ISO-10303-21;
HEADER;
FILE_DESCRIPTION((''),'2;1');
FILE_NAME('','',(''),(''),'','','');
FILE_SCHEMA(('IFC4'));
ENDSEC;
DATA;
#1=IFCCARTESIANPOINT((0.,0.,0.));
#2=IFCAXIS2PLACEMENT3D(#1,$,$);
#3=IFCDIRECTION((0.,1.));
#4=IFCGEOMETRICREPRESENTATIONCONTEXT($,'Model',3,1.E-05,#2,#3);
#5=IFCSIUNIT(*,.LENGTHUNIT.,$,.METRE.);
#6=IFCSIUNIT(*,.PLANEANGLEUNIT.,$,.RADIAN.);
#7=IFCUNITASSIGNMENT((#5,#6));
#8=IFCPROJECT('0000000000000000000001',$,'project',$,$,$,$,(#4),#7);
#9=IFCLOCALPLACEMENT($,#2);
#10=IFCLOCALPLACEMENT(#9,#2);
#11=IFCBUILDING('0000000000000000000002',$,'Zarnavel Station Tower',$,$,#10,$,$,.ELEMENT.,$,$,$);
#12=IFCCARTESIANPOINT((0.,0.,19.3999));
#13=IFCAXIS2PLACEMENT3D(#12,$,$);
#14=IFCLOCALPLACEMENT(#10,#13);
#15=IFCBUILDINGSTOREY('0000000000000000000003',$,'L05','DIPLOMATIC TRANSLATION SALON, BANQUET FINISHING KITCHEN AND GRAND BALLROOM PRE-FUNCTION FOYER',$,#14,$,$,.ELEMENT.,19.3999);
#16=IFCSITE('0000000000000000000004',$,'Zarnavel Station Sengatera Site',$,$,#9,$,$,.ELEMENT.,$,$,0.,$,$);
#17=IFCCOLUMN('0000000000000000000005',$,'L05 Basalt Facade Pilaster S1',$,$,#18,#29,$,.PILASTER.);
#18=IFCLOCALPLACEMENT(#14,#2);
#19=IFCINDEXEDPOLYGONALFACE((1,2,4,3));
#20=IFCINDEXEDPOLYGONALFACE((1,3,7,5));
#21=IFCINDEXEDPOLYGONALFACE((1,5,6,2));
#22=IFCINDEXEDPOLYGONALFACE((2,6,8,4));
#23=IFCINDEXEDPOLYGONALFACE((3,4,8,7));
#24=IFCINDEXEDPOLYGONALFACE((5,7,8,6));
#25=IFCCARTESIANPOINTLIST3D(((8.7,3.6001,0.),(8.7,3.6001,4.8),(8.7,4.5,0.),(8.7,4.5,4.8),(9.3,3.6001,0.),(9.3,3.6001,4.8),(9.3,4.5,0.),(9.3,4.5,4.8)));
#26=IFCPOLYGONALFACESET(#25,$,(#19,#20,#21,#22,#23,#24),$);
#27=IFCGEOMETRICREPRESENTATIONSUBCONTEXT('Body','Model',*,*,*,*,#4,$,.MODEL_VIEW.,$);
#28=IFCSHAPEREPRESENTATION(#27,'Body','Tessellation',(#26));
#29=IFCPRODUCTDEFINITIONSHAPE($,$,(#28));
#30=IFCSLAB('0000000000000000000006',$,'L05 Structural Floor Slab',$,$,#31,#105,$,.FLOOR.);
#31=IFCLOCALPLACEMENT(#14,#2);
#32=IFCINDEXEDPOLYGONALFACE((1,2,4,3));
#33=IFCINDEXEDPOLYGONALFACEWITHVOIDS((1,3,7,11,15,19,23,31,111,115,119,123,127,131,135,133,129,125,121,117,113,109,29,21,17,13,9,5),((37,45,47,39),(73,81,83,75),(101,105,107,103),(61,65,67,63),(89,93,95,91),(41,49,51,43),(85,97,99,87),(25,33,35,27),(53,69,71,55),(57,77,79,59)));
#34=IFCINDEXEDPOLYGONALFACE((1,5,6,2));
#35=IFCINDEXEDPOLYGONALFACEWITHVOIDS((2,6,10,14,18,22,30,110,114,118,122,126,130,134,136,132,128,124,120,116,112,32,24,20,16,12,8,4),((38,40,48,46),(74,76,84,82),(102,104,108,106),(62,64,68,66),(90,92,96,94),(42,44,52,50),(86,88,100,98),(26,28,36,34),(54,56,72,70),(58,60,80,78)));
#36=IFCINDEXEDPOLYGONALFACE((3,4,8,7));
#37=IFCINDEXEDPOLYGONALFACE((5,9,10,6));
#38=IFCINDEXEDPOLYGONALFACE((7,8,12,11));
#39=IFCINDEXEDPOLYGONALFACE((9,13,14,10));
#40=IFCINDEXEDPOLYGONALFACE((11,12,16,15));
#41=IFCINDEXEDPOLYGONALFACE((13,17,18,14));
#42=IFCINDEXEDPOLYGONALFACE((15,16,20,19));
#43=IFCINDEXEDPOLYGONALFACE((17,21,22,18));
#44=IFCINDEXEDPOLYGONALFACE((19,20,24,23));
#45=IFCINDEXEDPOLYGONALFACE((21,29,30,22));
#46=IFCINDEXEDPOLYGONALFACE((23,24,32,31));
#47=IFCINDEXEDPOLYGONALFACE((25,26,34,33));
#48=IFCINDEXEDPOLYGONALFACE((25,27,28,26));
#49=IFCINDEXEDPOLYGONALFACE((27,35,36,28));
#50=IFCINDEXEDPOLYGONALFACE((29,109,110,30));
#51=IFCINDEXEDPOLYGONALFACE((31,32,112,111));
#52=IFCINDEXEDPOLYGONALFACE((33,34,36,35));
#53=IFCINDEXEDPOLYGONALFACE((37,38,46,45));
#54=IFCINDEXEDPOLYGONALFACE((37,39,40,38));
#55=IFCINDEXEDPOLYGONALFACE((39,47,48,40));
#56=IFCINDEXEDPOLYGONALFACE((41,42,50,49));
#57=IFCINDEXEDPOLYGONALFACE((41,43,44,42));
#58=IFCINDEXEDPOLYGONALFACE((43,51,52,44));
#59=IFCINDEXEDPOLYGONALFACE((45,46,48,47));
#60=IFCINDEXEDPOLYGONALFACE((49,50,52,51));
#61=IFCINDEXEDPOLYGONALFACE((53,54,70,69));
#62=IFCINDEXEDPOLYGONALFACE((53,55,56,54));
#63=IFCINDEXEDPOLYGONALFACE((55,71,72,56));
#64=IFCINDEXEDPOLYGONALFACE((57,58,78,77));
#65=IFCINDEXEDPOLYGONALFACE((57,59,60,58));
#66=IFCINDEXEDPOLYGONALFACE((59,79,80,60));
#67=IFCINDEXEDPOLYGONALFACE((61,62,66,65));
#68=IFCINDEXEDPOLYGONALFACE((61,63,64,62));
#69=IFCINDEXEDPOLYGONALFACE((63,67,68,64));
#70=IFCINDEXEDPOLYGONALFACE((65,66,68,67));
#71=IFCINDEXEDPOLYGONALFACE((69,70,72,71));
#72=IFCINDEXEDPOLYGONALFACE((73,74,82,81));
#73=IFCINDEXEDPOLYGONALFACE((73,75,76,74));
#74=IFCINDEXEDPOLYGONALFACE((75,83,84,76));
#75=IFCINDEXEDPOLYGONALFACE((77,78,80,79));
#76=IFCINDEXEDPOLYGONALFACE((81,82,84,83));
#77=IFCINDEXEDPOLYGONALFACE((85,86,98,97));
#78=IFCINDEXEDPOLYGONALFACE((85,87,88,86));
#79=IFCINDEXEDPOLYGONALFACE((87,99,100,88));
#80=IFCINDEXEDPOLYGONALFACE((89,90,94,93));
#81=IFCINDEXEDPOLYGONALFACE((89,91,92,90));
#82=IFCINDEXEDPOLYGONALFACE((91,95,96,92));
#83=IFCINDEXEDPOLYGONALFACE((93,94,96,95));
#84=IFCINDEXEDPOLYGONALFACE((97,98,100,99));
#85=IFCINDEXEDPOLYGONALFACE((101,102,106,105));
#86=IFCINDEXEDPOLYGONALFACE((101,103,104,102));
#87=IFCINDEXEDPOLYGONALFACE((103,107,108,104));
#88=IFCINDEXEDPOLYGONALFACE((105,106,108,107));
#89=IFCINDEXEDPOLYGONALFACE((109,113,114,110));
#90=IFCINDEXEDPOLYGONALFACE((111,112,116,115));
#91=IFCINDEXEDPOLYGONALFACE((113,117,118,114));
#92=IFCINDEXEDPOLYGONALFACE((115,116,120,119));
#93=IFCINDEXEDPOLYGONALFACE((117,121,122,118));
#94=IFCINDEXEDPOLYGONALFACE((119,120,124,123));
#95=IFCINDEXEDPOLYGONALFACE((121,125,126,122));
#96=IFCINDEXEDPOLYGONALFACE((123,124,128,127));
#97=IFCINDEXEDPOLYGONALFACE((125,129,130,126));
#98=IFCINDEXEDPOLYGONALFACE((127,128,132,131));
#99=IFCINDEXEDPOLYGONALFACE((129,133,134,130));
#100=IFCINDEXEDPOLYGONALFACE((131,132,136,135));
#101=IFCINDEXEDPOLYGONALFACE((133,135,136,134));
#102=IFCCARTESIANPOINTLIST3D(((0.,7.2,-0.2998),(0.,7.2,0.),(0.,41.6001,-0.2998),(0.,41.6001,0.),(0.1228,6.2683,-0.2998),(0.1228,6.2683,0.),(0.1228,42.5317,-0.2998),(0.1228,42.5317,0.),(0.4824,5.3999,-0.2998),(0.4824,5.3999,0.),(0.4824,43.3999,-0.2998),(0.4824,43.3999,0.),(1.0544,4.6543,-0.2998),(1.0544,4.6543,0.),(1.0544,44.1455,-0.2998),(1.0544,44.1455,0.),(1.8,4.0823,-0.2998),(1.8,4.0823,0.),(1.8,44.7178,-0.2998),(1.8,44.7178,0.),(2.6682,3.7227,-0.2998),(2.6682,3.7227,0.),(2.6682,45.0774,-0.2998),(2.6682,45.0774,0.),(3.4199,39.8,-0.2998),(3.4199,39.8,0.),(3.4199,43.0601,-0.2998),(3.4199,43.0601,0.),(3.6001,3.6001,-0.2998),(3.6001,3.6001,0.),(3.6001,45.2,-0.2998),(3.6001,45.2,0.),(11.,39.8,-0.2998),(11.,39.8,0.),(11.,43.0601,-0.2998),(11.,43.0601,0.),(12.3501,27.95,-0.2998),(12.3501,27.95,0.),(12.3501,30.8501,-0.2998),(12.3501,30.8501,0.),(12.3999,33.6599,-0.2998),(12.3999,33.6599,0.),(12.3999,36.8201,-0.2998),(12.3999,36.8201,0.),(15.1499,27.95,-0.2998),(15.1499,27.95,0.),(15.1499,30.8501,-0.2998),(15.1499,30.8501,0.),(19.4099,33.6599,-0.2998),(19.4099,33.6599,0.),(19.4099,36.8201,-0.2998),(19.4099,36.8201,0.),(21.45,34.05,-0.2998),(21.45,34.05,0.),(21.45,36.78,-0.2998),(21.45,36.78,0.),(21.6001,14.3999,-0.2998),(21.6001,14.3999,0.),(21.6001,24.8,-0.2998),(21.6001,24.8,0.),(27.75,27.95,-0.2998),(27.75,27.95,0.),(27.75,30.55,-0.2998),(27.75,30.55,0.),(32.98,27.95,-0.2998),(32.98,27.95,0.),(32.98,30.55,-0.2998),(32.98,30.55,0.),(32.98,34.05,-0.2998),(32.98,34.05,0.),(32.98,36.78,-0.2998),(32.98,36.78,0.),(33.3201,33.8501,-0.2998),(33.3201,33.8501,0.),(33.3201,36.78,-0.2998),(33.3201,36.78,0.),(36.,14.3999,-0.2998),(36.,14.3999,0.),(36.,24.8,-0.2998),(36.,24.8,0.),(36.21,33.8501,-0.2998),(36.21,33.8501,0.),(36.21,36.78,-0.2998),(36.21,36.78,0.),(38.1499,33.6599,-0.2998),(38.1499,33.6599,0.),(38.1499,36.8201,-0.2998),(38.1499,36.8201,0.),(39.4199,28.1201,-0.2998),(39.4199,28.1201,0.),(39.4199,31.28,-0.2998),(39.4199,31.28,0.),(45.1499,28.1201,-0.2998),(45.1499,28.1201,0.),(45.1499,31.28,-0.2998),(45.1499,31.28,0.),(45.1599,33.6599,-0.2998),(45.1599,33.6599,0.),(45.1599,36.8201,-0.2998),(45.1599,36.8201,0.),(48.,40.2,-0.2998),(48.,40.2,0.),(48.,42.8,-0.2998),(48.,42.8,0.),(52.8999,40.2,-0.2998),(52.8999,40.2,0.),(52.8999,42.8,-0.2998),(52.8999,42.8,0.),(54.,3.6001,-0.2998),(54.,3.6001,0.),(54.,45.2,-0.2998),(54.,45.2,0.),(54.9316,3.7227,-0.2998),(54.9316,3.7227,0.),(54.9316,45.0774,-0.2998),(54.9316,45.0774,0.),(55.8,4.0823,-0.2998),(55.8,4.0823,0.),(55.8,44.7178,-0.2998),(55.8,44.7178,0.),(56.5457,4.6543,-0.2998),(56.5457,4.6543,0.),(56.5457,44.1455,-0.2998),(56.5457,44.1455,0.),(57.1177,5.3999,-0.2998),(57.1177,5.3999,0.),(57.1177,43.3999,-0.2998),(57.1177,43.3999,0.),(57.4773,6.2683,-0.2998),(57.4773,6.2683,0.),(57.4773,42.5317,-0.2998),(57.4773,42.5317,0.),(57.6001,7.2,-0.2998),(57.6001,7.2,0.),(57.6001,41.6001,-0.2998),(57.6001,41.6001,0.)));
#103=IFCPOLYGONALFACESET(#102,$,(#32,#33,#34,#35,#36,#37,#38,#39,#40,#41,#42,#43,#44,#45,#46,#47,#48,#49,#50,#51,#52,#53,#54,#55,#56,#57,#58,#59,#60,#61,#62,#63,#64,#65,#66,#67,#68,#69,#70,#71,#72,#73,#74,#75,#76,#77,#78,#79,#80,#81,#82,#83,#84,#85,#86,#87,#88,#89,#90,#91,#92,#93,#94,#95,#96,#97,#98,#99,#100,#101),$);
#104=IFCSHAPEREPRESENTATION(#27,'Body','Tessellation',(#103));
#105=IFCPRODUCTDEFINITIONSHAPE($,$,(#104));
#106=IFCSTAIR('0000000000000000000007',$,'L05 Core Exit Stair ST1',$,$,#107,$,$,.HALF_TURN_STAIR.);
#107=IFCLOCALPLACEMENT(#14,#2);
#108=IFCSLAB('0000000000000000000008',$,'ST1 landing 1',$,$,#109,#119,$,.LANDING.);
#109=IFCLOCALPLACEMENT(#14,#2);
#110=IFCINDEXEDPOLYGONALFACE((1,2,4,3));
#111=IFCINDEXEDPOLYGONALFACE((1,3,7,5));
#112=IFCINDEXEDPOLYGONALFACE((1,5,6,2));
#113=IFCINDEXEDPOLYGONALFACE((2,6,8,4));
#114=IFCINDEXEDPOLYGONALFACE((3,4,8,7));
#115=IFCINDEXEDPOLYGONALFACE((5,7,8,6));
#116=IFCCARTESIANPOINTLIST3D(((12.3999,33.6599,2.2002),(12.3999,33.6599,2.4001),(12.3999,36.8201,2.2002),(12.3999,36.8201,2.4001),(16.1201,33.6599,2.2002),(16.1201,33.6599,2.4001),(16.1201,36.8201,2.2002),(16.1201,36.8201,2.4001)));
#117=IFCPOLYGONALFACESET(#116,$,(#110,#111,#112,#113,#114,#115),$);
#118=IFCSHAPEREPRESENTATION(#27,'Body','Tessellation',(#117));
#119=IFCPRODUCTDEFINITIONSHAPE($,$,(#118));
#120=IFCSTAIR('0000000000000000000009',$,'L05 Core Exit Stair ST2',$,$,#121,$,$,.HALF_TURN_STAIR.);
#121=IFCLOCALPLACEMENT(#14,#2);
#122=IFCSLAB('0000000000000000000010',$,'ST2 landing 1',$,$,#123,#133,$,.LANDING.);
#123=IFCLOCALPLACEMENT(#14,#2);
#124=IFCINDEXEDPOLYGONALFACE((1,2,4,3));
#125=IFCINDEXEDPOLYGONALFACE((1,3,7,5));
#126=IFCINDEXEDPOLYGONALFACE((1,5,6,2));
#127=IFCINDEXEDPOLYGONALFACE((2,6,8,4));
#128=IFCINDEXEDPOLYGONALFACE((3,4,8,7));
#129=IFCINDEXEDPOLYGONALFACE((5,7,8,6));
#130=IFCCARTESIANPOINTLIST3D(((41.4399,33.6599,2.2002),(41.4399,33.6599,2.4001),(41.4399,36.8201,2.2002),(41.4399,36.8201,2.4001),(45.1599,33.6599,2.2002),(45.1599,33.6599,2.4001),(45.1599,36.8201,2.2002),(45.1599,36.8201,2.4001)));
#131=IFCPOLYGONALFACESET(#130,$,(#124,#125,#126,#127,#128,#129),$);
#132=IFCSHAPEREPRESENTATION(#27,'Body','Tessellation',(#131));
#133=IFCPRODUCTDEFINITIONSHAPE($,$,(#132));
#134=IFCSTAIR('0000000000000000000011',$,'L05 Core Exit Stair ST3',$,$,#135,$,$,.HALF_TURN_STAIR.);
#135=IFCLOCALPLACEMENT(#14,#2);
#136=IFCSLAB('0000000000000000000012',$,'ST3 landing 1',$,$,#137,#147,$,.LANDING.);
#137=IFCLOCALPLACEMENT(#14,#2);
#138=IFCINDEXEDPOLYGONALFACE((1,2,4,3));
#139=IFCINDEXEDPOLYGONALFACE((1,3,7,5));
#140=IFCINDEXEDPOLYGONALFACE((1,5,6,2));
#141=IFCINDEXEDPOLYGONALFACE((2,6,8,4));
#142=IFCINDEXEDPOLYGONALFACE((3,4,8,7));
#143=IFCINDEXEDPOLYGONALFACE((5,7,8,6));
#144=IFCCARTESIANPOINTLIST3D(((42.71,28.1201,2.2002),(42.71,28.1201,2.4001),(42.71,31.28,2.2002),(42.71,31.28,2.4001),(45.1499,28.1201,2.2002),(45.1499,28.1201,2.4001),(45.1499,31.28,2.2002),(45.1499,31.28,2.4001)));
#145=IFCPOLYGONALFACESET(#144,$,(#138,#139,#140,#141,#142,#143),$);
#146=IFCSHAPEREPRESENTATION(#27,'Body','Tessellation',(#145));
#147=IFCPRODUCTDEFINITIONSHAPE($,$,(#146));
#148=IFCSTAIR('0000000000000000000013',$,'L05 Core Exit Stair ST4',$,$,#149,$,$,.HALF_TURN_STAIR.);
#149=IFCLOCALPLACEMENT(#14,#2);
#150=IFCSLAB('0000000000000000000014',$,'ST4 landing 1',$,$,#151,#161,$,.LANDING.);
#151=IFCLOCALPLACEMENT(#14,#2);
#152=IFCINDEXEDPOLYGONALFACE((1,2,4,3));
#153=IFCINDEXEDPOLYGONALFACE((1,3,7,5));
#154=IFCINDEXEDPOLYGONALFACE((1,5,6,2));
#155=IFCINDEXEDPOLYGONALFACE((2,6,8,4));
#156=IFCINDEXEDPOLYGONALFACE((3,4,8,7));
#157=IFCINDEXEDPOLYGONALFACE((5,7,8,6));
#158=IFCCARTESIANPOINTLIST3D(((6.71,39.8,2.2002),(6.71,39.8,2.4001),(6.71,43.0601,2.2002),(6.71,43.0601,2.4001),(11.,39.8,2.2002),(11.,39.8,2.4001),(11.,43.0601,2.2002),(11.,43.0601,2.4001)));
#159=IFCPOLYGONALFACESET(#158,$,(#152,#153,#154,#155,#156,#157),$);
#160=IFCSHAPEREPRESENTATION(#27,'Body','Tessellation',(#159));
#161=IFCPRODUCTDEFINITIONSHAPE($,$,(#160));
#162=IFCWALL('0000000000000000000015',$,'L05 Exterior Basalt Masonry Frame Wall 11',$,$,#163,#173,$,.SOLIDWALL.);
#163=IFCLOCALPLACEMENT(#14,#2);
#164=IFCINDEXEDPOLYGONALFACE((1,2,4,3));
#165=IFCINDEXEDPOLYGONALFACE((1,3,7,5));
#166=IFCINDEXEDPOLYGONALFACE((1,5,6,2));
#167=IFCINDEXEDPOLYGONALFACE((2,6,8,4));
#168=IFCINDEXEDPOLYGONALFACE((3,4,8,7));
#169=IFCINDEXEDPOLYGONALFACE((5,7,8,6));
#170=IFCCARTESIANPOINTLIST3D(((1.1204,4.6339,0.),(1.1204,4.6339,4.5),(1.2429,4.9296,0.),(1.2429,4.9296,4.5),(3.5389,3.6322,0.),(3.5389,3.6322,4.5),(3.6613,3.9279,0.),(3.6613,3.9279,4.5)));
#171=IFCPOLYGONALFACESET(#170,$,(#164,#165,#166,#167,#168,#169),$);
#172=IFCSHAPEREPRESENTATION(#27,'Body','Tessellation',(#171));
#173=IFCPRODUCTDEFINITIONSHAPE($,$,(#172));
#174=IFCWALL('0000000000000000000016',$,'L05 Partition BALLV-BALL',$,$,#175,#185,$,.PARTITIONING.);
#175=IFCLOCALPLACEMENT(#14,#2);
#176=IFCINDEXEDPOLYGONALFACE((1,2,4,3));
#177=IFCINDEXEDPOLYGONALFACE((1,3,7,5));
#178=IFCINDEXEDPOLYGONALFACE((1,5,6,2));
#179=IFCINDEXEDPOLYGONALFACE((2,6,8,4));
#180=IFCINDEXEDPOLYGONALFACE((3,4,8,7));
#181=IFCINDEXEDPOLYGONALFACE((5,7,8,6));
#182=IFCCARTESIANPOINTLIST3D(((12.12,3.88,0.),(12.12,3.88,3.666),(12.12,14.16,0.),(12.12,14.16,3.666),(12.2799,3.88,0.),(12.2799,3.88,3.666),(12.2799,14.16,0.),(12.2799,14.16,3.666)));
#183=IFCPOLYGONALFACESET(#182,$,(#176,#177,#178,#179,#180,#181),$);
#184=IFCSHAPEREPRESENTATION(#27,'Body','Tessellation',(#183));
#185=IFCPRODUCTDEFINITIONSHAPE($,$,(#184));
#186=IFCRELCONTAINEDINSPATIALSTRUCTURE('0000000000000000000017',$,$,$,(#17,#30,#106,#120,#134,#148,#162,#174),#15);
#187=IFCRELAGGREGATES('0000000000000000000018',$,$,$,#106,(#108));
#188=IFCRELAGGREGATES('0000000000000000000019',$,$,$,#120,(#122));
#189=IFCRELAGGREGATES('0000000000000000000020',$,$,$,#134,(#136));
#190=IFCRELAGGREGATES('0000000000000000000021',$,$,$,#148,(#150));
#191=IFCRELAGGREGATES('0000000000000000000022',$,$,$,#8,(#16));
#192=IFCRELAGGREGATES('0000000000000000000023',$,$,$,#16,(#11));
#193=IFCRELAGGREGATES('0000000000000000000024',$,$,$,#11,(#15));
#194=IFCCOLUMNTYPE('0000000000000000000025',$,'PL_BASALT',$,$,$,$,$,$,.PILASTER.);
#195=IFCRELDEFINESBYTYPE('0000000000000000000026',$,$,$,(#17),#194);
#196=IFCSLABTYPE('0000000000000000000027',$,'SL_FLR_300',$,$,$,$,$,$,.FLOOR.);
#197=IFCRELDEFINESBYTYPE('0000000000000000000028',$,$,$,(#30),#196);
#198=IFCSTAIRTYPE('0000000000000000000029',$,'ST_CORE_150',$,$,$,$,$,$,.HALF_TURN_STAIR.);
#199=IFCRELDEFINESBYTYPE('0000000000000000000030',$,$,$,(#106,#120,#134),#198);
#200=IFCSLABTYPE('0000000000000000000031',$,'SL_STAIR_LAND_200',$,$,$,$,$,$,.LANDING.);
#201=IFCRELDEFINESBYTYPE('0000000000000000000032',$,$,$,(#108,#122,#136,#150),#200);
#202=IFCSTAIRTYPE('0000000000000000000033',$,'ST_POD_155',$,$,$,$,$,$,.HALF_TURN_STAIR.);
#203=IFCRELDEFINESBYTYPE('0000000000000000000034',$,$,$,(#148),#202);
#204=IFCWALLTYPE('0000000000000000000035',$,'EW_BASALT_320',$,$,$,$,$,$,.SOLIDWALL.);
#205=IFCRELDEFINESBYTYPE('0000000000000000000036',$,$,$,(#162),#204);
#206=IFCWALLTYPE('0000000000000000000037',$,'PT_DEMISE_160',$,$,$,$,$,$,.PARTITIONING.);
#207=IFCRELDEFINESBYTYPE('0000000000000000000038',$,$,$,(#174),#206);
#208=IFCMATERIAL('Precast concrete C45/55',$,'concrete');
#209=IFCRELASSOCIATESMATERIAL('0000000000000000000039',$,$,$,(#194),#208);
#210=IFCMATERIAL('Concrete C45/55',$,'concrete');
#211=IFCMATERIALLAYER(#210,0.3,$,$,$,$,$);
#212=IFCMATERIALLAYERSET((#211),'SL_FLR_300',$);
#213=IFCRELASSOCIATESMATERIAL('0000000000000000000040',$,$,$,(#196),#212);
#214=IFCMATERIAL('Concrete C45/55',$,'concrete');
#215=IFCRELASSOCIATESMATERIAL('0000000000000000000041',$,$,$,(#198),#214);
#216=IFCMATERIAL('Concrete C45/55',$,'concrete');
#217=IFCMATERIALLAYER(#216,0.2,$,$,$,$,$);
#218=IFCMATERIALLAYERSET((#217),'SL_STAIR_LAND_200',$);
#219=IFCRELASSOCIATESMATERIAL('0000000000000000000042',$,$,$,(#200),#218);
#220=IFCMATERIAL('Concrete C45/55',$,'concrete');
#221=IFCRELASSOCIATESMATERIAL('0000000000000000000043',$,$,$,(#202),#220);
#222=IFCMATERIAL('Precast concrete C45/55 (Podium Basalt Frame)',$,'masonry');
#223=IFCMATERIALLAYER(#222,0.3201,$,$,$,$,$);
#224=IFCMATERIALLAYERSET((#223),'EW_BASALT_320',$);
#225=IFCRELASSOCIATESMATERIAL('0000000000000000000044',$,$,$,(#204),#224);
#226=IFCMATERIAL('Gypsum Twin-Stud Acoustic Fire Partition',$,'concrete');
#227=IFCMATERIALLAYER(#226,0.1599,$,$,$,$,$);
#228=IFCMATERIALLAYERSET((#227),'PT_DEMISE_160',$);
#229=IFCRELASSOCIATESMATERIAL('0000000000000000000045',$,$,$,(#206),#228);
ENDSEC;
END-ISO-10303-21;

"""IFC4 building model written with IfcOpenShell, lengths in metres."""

from ifc_helpers import new_model, si_unit, direction, frame, frame_2d, origin, origin_2d, place, context, subcontext, project, spatial, polyline, rectangle, outline, extrude, material, layer, layer_set, material_profile, profile_set, type_object, element, aggregate, save


model = new_model("IFC4")

# Units and contexts
model_context = context("Model", 3, precision=1e-05, world=origin(), true_north=direction((0.0, 1.0)))
body_context = subcontext(model_context, "Body", "Model", "MODEL_VIEW")
ifc_project = project(units=[si_unit("LENGTHUNIT", "METRE"), si_unit("PLANEANGLEUNIT", "RADIAN")], contexts=[model_context])

# Site, building, storey
site_placement = place(None, origin())
site = spatial("IfcSite", under=ifc_project, at=site_placement, Name="Zarnavel Station Sengatera Site", CompositionType="ELEMENT", RefElevation=0.0)
building_placement = place(site_placement, origin())
building = spatial("IfcBuilding", under=site, at=building_placement, Name="Zarnavel Station Tower", CompositionType="ELEMENT")
storey_placement = place(building_placement, frame((0.0, 0.0, 19.3999)))
storey = spatial("IfcBuildingStorey", under=building, at=storey_placement, Name="L05", Description="DIPLOMATIC TRANSLATION SALON, BANQUET FINISHING KITCHEN AND GRAND BALLROOM PRE-FUNCTION FOYER", CompositionType="ELEMENT", Elevation=19.3999)

# Column
ifc_material_1 = material(Name="Precast concrete C45/55", Category="concrete")
ifc_material_profile = material_profile(ifc_material_1, rectangle(XDim=0.6001, YDim=0.8999, at=origin_2d()), Name="RC600x900")
ifc_profile_set = profile_set([ifc_material_profile], Name="Precast concrete C45/55")
column_type = type_object("IfcColumnType", Name="PL_BASALT", PredefinedType="PILASTER", material=ifc_profile_set)
column_placement = place(storey_placement, frame((9.0, 4.05, 0.0), z_axis=(0.0, 0.0, 1.0), x_axis=(1.0, 0.0, 0.0)))
element("IfcColumn", 1, at=column_placement, inside=storey, type_object=column_type, Name="L05 Basalt Facade Pilaster S1", PredefinedType="PILASTER", context=body_context, shape_type="SweptSolid", body=[
    extrude(rectangle(XDim=0.6001, YDim=0.8999, at=origin_2d()), origin(), (0.0, 0.0, 1.0), 4.8),
])

# Slab
ifc_material_2 = material(Name="Concrete C45/55", Category="concrete")
ifc_layer_1 = layer(ifc_material_2, 0.3)
ifc_layer_set_1 = layer_set([ifc_layer_1], Name="SL_FLR_300")
slab_type_1 = type_object("IfcSlabType", Name="SL_FLR_300", PredefinedType="FLOOR", material=ifc_layer_set_1)
slab_1_placement = place(storey_placement, frame((0.0, 0.0, -0.2998)))
element("IfcSlab", 2, at=slab_1_placement, inside=storey, type_object=slab_type_1, Name="L05 Structural Floor Slab", PredefinedType="FLOOR", context=body_context, shape_type="SweptSolid", body=[
    extrude(outline(polyline([(54.0, 3.6001), (54.9316, 3.7227), (55.8, 4.0823), (56.5457, 4.6543), (57.1177, 5.3999), (57.4773, 6.2683), (57.6001, 7.2), (57.6001, 41.6001), (57.4773, 42.5317), (57.1177, 43.3999), (56.5457, 44.1455), (55.8, 44.7178), (54.9316, 45.0774), (54.0, 45.2), (3.6001, 45.2), (2.6682, 45.0774), (1.8, 44.7178), (1.0544, 44.1455), (0.4824, 43.3999), (0.1228, 42.5317), (0.0, 41.6001), (0.0, 7.2), (0.1228, 6.2683), (0.4824, 5.3999), (1.0544, 4.6543), (1.8, 4.0823), (2.6682, 3.7227), (3.6001, 3.6001), (54.0, 3.6001)]), holes=[polyline([(12.3999, 33.6599), (19.4099, 33.6599), (19.4099, 36.8201), (12.3999, 36.8201), (12.3999, 33.6599)]), polyline([(38.1499, 33.6599), (45.1599, 33.6599), (45.1599, 36.8201), (38.1499, 36.8201), (38.1499, 33.6599)]), polyline([(39.4199, 28.1201), (45.1499, 28.1201), (45.1499, 31.28), (39.4199, 31.28), (39.4199, 28.1201)]), polyline([(3.4199, 39.8), (11.0, 39.8), (11.0, 43.0601), (3.4199, 43.0601), (3.4199, 39.8)]), polyline([(12.3501, 27.95), (15.1499, 27.95), (15.1499, 30.8501), (12.3501, 30.8501), (12.3501, 27.95)]), polyline([(33.3201, 33.8501), (36.21, 33.8501), (36.21, 36.78), (33.3201, 36.78), (33.3201, 33.8501)]), polyline([(21.45, 34.05), (32.98, 34.05), (32.98, 36.78), (21.45, 36.78), (21.45, 34.05)]), polyline([(27.75, 27.95), (32.98, 27.95), (32.98, 30.55), (27.75, 30.55), (27.75, 27.95)]), polyline([(48.0, 40.2), (52.8999, 40.2), (52.8999, 42.8), (48.0, 42.8), (48.0, 40.2)]), polyline([(21.6001, 14.3999), (36.0, 14.3999), (36.0, 24.8), (21.6001, 24.8), (21.6001, 14.3999)])]), origin(), (0.0, 0.0, 1.0), 0.2998),
])

# Stairs, slabs
ifc_material_3 = material(Name="Concrete C45/55", Category="concrete")
stair_type_1 = type_object("IfcStairType", Name="ST_CORE_150", PredefinedType="HALF_TURN_STAIR", material=ifc_material_3)
stair_1_placement = place(storey_placement, origin())
stair_1 = element("IfcStair", 3, at=stair_1_placement, inside=storey, type_object=stair_type_1, Name="L05 Core Exit Stair ST1", PredefinedType="HALF_TURN_STAIR")
ifc_material_4 = material(Name="Concrete C45/55", Category="concrete")
ifc_layer_2 = layer(ifc_material_4, 0.2)
ifc_layer_set_2 = layer_set([ifc_layer_2], Name="SL_STAIR_LAND_200")
slab_type_2 = type_object("IfcSlabType", Name="SL_STAIR_LAND_200", PredefinedType="LANDING", material=ifc_layer_set_2)
slab_2_placement = place(storey_placement, frame((0.0, 0.0, 2.2002)))
slab_2 = element("IfcSlab", 4, at=slab_2_placement, type_object=slab_type_2, Name="ST1 landing 1", PredefinedType="LANDING", context=body_context, shape_type="SweptSolid", body=[
    extrude(outline(polyline([(16.1201, 36.8201), (12.3999, 36.8201), (12.3999, 33.6599), (16.1201, 33.6599), (16.1201, 36.8201)])), origin(), (0.0, 0.0, 1.0), 0.2),
])
aggregate(stair_1, [slab_2])
stair_2_placement = place(storey_placement, origin())
stair_2 = element("IfcStair", 5, at=stair_2_placement, inside=storey, type_object=stair_type_1, Name="L05 Core Exit Stair ST2", PredefinedType="HALF_TURN_STAIR")
slab_3_placement = place(storey_placement, frame((0.0, 0.0, 2.2002)))
slab_3 = element("IfcSlab", 6, at=slab_3_placement, type_object=slab_type_2, Name="ST2 landing 1", PredefinedType="LANDING", context=body_context, shape_type="SweptSolid", body=[
    extrude(outline(polyline([(41.4399, 33.6599), (45.1599, 33.6599), (45.1599, 36.8201), (41.4399, 36.8201), (41.4399, 33.6599)])), origin(), (0.0, 0.0, 1.0), 0.2),
])
aggregate(stair_2, [slab_3])
stair_3_placement = place(storey_placement, origin())
stair_3 = element("IfcStair", 7, at=stair_3_placement, inside=storey, type_object=stair_type_1, Name="L05 Core Exit Stair ST3", PredefinedType="HALF_TURN_STAIR")
slab_4_placement = place(storey_placement, frame((0.0, 0.0, 2.2002)))
slab_4 = element("IfcSlab", 8, at=slab_4_placement, type_object=slab_type_2, Name="ST3 landing 1", PredefinedType="LANDING", context=body_context, shape_type="SweptSolid", body=[
    extrude(outline(polyline([(42.71, 28.1201), (45.1499, 28.1201), (45.1499, 31.28), (42.71, 31.28), (42.71, 28.1201)])), origin(), (0.0, 0.0, 1.0), 0.2),
])
aggregate(stair_3, [slab_4])
ifc_material_5 = material(Name="Concrete C45/55", Category="concrete")
stair_type_2 = type_object("IfcStairType", Name="ST_POD_155", PredefinedType="HALF_TURN_STAIR", material=ifc_material_5)
stair_4_placement = place(storey_placement, origin())
stair_4 = element("IfcStair", 9, at=stair_4_placement, inside=storey, type_object=stair_type_2, Name="L05 Core Exit Stair ST4", PredefinedType="HALF_TURN_STAIR")
slab_5_placement = place(storey_placement, frame((0.0, 0.0, 2.2002)))
slab_5 = element("IfcSlab", 10, at=slab_5_placement, type_object=slab_type_2, Name="ST4 landing 1", PredefinedType="LANDING", context=body_context, shape_type="SweptSolid", body=[
    extrude(outline(polyline([(6.71, 39.8), (11.0, 39.8), (11.0, 43.0601), (6.71, 43.0601), (6.71, 39.8)])), origin(), (0.0, 0.0, 1.0), 0.2),
])
aggregate(stair_4, [slab_5])

# Walls
ifc_material_6 = material(Name="Precast concrete C45/55 (Podium Basalt Frame)", Category="masonry")
ifc_layer_3 = layer(ifc_material_6, 0.3201)
ifc_layer_set_3 = layer_set([ifc_layer_3], Name="EW_BASALT_320")
wall_type_1 = type_object("IfcWallType", Name="EW_BASALT_320", PredefinedType="SOLIDWALL", material=ifc_layer_set_3)
wall_1_placement = place(storey_placement, frame((3.6001, 3.78, 0.0), z_axis=(0.0, 0.0, 1.0), x_axis=(-0.923886, 0.382668, 0.0)))
element("IfcWall", 11, at=wall_1_placement, inside=storey, type_object=wall_type_1, Name="L05 Exterior Basalt Masonry Frame Wall 11", PredefinedType="SOLIDWALL", context=body_context, shape_type="SweptSolid", body=[
    extrude(rectangle(XDim=2.6177, YDim=0.3201, at=frame_2d((1.3088, 0.0))), origin(), (0.0, 0.0, 1.0), 4.5),
])
ifc_material_7 = material(Name="Gypsum Twin-Stud Acoustic Fire Partition", Category="concrete")
ifc_layer_4 = layer(ifc_material_7, 0.1599)
ifc_layer_set_4 = layer_set([ifc_layer_4], Name="PT_DEMISE_160")
wall_type_2 = type_object("IfcWallType", Name="PT_DEMISE_160", PredefinedType="PARTITIONING", material=ifc_layer_set_4)
wall_2_placement = place(storey_placement, frame((12.2, 3.8799, 0.0), z_axis=(0.0, 0.0, 1.0), x_axis=(0.0, 1.0, 0.0)))
element("IfcWall", 12, at=wall_2_placement, inside=storey, type_object=wall_type_2, Name="L05 Partition BALLV-BALL", PredefinedType="PARTITIONING", context=body_context, shape_type="SweptSolid", body=[
    extrude(rectangle(XDim=10.28, YDim=0.1599, at=frame_2d((5.1401, 0.0))), origin(), (0.0, 0.0, 1.0), 3.666),
])

save(model, "model.ifc")
